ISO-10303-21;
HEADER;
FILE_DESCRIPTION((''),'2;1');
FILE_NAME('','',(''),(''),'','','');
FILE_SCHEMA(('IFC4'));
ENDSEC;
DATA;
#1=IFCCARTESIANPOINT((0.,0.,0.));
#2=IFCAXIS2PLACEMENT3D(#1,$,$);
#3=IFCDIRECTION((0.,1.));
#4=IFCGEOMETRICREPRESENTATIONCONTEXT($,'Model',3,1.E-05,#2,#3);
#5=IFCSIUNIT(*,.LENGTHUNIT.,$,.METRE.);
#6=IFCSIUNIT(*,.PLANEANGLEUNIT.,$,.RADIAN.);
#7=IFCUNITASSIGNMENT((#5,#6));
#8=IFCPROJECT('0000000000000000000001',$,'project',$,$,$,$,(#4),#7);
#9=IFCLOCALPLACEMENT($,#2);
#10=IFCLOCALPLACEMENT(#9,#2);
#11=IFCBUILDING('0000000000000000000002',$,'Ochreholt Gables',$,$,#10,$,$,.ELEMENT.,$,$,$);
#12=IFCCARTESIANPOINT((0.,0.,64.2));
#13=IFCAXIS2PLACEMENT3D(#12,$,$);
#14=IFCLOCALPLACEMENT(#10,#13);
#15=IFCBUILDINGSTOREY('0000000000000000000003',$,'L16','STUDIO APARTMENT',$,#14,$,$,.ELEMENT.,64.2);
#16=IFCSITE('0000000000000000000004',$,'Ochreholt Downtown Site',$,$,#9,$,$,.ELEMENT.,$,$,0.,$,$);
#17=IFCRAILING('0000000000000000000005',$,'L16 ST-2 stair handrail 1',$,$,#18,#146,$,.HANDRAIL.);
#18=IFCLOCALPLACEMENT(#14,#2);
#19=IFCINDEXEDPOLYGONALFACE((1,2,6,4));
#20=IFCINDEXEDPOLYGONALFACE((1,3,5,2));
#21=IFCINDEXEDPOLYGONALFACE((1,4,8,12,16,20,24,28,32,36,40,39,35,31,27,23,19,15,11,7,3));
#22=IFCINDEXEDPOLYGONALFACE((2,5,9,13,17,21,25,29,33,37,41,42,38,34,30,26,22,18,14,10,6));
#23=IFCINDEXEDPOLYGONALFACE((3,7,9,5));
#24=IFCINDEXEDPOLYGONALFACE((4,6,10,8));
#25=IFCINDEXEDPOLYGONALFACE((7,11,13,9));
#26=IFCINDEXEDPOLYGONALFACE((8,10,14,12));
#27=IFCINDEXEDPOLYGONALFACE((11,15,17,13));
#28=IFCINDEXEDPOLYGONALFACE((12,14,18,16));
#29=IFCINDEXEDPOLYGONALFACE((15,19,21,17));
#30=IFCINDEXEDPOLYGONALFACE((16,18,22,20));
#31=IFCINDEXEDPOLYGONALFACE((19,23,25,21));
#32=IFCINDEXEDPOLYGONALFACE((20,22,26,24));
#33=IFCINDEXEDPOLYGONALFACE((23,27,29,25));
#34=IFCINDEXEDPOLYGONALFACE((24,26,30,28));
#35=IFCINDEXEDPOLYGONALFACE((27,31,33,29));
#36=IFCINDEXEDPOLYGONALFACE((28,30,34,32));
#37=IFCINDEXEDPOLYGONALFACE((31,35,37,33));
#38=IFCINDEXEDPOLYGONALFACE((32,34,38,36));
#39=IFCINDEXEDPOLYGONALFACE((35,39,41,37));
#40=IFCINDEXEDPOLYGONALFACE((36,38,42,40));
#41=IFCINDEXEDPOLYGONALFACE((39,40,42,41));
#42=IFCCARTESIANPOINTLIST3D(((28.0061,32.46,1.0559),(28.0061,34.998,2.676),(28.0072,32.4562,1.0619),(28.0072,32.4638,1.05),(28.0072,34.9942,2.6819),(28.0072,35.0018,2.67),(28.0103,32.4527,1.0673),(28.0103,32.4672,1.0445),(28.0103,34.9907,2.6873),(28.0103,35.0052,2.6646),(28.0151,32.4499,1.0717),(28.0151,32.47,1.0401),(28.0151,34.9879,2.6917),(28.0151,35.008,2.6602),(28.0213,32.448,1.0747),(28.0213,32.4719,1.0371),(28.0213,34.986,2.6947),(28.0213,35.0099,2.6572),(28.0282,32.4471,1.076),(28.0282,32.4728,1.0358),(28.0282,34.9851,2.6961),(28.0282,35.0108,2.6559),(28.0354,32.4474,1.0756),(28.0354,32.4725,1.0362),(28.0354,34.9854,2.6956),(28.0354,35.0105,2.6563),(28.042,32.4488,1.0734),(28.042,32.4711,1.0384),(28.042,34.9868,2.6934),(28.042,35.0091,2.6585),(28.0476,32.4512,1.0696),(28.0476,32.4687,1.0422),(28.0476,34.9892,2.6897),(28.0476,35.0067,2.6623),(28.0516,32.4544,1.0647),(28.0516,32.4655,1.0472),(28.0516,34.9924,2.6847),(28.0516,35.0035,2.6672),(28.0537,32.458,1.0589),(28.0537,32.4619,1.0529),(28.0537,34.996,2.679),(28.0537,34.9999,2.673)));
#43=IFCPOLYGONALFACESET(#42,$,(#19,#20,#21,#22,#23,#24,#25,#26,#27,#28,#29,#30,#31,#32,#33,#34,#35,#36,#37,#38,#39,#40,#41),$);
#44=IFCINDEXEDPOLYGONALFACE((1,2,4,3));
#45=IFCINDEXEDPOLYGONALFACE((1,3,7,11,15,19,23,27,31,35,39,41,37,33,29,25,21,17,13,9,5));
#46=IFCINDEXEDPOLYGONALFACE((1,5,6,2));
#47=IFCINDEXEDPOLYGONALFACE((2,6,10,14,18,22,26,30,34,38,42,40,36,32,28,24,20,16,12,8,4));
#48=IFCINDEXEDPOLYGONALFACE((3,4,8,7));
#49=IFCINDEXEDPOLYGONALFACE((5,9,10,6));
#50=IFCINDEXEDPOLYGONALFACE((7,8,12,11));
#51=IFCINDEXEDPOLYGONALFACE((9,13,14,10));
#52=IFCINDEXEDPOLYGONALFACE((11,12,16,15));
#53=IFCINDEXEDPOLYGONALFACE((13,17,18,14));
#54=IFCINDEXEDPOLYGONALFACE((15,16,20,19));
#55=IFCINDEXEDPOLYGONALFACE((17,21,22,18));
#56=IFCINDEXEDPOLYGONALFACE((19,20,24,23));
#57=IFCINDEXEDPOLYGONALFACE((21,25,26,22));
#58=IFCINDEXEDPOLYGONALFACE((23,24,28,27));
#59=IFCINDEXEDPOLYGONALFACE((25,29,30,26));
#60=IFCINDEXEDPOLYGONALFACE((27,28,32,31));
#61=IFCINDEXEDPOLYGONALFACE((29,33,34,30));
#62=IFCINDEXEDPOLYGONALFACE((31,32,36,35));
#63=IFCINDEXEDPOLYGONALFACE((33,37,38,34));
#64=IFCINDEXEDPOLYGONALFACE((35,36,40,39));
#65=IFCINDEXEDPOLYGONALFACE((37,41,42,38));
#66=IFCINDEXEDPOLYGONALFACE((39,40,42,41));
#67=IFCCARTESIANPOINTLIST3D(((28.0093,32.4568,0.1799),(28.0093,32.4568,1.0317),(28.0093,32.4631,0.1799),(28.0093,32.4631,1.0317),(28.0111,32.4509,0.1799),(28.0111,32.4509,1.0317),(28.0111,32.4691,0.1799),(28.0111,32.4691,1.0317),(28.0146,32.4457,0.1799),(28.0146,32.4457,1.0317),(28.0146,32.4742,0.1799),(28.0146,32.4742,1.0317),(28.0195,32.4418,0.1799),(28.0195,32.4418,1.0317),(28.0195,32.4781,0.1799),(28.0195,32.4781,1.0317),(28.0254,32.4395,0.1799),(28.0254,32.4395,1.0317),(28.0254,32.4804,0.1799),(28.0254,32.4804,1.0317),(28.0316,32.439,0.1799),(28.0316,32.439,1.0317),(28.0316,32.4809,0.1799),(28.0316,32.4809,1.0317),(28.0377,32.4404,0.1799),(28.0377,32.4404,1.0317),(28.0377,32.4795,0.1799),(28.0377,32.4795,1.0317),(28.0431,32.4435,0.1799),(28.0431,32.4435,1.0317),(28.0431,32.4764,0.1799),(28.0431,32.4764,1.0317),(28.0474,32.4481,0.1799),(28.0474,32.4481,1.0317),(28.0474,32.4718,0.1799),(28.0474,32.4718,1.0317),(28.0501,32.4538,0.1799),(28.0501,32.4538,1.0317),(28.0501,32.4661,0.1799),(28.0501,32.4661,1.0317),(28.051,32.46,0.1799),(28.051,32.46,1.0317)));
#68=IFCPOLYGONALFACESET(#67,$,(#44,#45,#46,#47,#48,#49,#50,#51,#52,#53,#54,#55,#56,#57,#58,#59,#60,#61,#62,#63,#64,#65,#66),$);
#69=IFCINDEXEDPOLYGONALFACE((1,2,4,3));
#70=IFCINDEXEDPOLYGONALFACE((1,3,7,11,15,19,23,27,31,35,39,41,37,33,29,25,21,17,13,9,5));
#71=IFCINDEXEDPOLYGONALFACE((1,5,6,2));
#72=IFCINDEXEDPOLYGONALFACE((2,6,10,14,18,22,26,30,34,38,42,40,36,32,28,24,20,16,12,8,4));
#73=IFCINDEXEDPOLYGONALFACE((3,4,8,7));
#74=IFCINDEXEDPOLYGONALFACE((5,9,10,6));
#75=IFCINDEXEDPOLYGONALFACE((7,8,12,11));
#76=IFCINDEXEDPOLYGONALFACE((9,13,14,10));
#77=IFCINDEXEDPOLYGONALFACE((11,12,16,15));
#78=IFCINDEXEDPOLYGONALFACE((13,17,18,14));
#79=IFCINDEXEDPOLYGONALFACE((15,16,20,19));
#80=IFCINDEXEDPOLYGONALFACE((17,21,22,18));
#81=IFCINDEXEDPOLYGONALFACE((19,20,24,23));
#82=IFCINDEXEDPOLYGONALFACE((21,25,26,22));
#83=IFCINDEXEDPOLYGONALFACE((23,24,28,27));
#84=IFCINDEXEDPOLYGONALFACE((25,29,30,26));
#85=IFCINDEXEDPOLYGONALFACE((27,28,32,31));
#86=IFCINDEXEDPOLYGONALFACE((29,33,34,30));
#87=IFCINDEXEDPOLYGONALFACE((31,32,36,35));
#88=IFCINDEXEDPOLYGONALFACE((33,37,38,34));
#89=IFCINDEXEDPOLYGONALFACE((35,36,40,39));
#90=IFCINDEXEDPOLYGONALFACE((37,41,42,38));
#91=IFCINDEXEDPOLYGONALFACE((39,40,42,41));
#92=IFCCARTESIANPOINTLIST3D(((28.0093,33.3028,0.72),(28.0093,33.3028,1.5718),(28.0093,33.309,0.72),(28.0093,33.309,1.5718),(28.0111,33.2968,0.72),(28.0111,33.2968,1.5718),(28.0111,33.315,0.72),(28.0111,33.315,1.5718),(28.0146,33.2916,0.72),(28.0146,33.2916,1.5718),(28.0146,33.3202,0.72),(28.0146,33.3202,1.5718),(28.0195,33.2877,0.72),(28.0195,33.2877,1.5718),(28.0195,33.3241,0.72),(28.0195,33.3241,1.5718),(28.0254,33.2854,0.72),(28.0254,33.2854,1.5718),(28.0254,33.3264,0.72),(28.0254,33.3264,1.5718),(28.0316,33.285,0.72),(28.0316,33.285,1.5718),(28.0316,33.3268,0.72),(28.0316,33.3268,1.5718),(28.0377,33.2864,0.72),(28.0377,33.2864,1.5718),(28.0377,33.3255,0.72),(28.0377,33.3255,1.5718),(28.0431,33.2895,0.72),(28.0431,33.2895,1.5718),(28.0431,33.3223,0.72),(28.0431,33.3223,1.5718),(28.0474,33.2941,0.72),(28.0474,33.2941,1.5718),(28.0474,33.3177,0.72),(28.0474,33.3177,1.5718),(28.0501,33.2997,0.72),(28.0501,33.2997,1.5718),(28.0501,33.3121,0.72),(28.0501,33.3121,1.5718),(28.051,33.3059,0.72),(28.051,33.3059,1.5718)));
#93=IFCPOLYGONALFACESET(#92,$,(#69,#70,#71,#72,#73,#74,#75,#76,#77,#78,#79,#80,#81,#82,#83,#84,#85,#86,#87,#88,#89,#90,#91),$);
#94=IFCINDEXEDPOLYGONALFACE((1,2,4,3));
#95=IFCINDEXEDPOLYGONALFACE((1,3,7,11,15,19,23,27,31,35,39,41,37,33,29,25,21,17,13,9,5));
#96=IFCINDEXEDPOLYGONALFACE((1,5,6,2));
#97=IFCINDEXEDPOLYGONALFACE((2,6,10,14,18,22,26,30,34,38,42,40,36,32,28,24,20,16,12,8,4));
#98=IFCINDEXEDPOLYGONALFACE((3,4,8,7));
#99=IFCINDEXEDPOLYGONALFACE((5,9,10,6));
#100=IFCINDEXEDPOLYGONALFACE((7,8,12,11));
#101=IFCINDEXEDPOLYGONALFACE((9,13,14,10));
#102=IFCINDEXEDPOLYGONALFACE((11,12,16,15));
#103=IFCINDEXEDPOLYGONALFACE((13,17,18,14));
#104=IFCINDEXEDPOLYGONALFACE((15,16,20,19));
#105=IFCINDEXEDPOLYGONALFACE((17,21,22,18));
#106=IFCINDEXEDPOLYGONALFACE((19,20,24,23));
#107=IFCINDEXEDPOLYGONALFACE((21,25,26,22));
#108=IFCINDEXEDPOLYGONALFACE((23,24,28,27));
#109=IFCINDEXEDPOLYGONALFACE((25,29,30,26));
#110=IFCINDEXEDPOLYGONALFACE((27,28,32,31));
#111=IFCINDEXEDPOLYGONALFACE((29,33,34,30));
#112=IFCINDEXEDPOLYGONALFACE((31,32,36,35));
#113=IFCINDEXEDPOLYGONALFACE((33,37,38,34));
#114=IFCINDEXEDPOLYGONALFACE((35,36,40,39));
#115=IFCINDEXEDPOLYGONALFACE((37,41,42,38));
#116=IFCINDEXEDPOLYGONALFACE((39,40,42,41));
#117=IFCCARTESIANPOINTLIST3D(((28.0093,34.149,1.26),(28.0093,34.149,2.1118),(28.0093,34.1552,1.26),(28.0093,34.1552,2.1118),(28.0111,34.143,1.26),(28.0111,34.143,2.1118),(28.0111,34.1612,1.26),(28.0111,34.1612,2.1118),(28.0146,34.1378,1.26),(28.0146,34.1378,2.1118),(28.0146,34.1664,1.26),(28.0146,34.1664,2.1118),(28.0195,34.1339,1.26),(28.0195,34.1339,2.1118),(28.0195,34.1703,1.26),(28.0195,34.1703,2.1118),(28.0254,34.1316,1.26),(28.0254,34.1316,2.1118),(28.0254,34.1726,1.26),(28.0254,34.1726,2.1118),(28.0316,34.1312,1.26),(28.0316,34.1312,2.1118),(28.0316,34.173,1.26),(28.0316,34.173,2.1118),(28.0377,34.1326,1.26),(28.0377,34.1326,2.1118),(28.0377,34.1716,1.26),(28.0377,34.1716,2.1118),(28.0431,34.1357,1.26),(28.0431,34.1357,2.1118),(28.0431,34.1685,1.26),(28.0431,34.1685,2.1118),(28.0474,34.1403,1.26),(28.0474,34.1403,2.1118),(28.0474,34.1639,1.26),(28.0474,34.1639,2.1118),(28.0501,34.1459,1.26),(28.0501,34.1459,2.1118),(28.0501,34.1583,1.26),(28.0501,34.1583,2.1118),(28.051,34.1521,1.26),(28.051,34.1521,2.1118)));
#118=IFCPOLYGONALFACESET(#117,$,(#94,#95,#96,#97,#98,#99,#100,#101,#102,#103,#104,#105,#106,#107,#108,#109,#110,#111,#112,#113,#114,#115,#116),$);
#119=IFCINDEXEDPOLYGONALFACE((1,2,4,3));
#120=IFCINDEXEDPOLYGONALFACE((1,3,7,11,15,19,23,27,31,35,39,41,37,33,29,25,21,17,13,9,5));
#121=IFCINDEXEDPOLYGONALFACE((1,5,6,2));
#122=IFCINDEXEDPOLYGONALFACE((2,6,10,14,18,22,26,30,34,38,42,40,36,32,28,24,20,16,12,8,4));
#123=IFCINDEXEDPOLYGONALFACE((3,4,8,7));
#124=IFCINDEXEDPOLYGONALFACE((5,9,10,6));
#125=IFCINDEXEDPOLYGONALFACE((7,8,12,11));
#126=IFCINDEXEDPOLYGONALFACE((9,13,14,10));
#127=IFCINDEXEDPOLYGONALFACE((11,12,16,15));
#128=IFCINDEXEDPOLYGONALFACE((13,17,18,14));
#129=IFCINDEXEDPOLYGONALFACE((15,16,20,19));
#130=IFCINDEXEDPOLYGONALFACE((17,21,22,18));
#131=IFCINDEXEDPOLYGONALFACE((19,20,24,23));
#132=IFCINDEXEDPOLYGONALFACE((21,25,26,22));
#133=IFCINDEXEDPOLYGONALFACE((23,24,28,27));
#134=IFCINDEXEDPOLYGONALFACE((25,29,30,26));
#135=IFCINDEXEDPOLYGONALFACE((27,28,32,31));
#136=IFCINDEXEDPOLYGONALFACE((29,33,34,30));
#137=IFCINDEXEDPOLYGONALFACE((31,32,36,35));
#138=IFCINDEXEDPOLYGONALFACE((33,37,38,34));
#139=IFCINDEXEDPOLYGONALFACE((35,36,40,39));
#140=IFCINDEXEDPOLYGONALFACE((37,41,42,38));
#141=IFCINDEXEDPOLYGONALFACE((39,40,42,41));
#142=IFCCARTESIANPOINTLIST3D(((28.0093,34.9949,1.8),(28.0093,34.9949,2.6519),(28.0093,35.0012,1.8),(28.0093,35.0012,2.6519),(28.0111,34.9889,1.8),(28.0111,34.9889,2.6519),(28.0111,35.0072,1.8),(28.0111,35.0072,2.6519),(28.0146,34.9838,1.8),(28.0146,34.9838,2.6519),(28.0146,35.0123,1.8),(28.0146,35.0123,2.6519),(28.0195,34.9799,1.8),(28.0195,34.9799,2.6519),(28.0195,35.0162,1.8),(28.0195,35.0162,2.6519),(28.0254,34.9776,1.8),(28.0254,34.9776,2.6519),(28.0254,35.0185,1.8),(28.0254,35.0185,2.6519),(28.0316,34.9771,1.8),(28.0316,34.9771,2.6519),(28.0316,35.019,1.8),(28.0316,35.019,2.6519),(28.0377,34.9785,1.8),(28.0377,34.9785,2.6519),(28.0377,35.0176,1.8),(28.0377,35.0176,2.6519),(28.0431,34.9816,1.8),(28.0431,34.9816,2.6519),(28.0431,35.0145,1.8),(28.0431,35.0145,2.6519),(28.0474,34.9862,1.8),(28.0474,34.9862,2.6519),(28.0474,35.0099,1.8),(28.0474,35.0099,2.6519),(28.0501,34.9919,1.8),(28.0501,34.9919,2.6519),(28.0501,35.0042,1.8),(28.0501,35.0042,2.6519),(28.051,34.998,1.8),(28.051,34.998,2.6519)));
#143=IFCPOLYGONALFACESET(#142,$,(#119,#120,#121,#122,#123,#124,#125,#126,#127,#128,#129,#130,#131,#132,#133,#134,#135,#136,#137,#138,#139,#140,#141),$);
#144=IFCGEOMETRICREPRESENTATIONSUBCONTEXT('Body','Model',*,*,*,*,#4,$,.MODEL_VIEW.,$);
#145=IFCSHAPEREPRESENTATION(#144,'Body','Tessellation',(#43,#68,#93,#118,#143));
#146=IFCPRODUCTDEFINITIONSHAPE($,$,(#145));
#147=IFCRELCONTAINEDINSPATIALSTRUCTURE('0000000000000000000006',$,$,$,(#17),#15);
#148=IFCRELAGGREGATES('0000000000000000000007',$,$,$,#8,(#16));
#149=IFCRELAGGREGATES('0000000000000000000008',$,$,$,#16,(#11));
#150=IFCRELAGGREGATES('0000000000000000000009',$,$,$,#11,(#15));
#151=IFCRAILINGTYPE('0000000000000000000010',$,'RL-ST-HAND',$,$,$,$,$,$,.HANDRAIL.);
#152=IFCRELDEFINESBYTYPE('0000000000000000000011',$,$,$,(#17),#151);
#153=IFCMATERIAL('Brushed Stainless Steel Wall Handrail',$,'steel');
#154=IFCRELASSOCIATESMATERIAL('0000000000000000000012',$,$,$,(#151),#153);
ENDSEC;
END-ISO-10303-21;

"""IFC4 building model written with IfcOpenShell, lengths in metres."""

from ifc_helpers import new_model, si_unit, direction, frame, origin, origin_2d, place, context, subcontext, project, spatial, circle, extrude, material, type_object, element, save


model = new_model("IFC4")

# Units and contexts
model_context = context("Model", 3, precision=1e-05, world=origin(), true_north=direction((0.0, 1.0)))
body_context = subcontext(model_context, "Body", "Model", "MODEL_VIEW")
ifc_project = project(units=[si_unit("LENGTHUNIT", "METRE"), si_unit("PLANEANGLEUNIT", "RADIAN")], contexts=[model_context])

# Site, building, storey
site_placement = place(None, origin())
site = spatial("IfcSite", under=ifc_project, at=site_placement, Name="Ochreholt Downtown Site", CompositionType="ELEMENT", RefElevation=0.0)
building_placement = place(site_placement, origin())
building = spatial("IfcBuilding", under=site, at=building_placement, Name="Ochreholt Gables", CompositionType="ELEMENT")
storey_placement = place(building_placement, frame((0.0, 0.0, 64.2)))
storey = spatial("IfcBuildingStorey", under=building, at=storey_placement, Name="L16", Description="STUDIO APARTMENT", CompositionType="ELEMENT", Elevation=64.2)

# Railing
ifc_material_1 = material(Name="Brushed Stainless Steel Wall Handrail", Category="steel")
railing_type_1 = type_object("IfcRailingType", Name="RL-ST-HAND", PredefinedType="HANDRAIL", material=ifc_material_1)
railing_1_placement = place(storey_placement, frame((28.03, 32.46, 0.1799)))
element("IfcRailing", 1, at=railing_1_placement, inside=storey, type_object=railing_type_1, Name="L16 ST-2 stair handrail 1", PredefinedType="HANDRAIL", context=body_context, shape_type="SweptSolid", body=[
    extrude(circle(Radius=0.0239, at=origin_2d()), frame((0.0, 0.0, 0.876), z_axis=(0.0, 0.842913, 0.53805), x_axis=(-1.0, 0.0, 0.0)), (0.0, 0.0, 1.0), 3.011),
    extrude(circle(Radius=0.021, at=origin_2d()), origin(), (0.0, 0.0, 1.0), 0.8518),
    extrude(circle(Radius=0.021, at=origin_2d()), frame((0.0, 0.8459, 0.54)), (0.0, 0.0, 1.0), 0.8518),
    extrude(circle(Radius=0.021, at=origin_2d()), frame((0.0, 1.6921, 1.0801)), (0.0, 0.0, 1.0), 0.8518),
    extrude(circle(Radius=0.021, at=origin_2d()), frame((0.0, 2.5381, 1.6201)), (0.0, 0.0, 1.0), 0.8518),
])

save(model, "model.ifc")
